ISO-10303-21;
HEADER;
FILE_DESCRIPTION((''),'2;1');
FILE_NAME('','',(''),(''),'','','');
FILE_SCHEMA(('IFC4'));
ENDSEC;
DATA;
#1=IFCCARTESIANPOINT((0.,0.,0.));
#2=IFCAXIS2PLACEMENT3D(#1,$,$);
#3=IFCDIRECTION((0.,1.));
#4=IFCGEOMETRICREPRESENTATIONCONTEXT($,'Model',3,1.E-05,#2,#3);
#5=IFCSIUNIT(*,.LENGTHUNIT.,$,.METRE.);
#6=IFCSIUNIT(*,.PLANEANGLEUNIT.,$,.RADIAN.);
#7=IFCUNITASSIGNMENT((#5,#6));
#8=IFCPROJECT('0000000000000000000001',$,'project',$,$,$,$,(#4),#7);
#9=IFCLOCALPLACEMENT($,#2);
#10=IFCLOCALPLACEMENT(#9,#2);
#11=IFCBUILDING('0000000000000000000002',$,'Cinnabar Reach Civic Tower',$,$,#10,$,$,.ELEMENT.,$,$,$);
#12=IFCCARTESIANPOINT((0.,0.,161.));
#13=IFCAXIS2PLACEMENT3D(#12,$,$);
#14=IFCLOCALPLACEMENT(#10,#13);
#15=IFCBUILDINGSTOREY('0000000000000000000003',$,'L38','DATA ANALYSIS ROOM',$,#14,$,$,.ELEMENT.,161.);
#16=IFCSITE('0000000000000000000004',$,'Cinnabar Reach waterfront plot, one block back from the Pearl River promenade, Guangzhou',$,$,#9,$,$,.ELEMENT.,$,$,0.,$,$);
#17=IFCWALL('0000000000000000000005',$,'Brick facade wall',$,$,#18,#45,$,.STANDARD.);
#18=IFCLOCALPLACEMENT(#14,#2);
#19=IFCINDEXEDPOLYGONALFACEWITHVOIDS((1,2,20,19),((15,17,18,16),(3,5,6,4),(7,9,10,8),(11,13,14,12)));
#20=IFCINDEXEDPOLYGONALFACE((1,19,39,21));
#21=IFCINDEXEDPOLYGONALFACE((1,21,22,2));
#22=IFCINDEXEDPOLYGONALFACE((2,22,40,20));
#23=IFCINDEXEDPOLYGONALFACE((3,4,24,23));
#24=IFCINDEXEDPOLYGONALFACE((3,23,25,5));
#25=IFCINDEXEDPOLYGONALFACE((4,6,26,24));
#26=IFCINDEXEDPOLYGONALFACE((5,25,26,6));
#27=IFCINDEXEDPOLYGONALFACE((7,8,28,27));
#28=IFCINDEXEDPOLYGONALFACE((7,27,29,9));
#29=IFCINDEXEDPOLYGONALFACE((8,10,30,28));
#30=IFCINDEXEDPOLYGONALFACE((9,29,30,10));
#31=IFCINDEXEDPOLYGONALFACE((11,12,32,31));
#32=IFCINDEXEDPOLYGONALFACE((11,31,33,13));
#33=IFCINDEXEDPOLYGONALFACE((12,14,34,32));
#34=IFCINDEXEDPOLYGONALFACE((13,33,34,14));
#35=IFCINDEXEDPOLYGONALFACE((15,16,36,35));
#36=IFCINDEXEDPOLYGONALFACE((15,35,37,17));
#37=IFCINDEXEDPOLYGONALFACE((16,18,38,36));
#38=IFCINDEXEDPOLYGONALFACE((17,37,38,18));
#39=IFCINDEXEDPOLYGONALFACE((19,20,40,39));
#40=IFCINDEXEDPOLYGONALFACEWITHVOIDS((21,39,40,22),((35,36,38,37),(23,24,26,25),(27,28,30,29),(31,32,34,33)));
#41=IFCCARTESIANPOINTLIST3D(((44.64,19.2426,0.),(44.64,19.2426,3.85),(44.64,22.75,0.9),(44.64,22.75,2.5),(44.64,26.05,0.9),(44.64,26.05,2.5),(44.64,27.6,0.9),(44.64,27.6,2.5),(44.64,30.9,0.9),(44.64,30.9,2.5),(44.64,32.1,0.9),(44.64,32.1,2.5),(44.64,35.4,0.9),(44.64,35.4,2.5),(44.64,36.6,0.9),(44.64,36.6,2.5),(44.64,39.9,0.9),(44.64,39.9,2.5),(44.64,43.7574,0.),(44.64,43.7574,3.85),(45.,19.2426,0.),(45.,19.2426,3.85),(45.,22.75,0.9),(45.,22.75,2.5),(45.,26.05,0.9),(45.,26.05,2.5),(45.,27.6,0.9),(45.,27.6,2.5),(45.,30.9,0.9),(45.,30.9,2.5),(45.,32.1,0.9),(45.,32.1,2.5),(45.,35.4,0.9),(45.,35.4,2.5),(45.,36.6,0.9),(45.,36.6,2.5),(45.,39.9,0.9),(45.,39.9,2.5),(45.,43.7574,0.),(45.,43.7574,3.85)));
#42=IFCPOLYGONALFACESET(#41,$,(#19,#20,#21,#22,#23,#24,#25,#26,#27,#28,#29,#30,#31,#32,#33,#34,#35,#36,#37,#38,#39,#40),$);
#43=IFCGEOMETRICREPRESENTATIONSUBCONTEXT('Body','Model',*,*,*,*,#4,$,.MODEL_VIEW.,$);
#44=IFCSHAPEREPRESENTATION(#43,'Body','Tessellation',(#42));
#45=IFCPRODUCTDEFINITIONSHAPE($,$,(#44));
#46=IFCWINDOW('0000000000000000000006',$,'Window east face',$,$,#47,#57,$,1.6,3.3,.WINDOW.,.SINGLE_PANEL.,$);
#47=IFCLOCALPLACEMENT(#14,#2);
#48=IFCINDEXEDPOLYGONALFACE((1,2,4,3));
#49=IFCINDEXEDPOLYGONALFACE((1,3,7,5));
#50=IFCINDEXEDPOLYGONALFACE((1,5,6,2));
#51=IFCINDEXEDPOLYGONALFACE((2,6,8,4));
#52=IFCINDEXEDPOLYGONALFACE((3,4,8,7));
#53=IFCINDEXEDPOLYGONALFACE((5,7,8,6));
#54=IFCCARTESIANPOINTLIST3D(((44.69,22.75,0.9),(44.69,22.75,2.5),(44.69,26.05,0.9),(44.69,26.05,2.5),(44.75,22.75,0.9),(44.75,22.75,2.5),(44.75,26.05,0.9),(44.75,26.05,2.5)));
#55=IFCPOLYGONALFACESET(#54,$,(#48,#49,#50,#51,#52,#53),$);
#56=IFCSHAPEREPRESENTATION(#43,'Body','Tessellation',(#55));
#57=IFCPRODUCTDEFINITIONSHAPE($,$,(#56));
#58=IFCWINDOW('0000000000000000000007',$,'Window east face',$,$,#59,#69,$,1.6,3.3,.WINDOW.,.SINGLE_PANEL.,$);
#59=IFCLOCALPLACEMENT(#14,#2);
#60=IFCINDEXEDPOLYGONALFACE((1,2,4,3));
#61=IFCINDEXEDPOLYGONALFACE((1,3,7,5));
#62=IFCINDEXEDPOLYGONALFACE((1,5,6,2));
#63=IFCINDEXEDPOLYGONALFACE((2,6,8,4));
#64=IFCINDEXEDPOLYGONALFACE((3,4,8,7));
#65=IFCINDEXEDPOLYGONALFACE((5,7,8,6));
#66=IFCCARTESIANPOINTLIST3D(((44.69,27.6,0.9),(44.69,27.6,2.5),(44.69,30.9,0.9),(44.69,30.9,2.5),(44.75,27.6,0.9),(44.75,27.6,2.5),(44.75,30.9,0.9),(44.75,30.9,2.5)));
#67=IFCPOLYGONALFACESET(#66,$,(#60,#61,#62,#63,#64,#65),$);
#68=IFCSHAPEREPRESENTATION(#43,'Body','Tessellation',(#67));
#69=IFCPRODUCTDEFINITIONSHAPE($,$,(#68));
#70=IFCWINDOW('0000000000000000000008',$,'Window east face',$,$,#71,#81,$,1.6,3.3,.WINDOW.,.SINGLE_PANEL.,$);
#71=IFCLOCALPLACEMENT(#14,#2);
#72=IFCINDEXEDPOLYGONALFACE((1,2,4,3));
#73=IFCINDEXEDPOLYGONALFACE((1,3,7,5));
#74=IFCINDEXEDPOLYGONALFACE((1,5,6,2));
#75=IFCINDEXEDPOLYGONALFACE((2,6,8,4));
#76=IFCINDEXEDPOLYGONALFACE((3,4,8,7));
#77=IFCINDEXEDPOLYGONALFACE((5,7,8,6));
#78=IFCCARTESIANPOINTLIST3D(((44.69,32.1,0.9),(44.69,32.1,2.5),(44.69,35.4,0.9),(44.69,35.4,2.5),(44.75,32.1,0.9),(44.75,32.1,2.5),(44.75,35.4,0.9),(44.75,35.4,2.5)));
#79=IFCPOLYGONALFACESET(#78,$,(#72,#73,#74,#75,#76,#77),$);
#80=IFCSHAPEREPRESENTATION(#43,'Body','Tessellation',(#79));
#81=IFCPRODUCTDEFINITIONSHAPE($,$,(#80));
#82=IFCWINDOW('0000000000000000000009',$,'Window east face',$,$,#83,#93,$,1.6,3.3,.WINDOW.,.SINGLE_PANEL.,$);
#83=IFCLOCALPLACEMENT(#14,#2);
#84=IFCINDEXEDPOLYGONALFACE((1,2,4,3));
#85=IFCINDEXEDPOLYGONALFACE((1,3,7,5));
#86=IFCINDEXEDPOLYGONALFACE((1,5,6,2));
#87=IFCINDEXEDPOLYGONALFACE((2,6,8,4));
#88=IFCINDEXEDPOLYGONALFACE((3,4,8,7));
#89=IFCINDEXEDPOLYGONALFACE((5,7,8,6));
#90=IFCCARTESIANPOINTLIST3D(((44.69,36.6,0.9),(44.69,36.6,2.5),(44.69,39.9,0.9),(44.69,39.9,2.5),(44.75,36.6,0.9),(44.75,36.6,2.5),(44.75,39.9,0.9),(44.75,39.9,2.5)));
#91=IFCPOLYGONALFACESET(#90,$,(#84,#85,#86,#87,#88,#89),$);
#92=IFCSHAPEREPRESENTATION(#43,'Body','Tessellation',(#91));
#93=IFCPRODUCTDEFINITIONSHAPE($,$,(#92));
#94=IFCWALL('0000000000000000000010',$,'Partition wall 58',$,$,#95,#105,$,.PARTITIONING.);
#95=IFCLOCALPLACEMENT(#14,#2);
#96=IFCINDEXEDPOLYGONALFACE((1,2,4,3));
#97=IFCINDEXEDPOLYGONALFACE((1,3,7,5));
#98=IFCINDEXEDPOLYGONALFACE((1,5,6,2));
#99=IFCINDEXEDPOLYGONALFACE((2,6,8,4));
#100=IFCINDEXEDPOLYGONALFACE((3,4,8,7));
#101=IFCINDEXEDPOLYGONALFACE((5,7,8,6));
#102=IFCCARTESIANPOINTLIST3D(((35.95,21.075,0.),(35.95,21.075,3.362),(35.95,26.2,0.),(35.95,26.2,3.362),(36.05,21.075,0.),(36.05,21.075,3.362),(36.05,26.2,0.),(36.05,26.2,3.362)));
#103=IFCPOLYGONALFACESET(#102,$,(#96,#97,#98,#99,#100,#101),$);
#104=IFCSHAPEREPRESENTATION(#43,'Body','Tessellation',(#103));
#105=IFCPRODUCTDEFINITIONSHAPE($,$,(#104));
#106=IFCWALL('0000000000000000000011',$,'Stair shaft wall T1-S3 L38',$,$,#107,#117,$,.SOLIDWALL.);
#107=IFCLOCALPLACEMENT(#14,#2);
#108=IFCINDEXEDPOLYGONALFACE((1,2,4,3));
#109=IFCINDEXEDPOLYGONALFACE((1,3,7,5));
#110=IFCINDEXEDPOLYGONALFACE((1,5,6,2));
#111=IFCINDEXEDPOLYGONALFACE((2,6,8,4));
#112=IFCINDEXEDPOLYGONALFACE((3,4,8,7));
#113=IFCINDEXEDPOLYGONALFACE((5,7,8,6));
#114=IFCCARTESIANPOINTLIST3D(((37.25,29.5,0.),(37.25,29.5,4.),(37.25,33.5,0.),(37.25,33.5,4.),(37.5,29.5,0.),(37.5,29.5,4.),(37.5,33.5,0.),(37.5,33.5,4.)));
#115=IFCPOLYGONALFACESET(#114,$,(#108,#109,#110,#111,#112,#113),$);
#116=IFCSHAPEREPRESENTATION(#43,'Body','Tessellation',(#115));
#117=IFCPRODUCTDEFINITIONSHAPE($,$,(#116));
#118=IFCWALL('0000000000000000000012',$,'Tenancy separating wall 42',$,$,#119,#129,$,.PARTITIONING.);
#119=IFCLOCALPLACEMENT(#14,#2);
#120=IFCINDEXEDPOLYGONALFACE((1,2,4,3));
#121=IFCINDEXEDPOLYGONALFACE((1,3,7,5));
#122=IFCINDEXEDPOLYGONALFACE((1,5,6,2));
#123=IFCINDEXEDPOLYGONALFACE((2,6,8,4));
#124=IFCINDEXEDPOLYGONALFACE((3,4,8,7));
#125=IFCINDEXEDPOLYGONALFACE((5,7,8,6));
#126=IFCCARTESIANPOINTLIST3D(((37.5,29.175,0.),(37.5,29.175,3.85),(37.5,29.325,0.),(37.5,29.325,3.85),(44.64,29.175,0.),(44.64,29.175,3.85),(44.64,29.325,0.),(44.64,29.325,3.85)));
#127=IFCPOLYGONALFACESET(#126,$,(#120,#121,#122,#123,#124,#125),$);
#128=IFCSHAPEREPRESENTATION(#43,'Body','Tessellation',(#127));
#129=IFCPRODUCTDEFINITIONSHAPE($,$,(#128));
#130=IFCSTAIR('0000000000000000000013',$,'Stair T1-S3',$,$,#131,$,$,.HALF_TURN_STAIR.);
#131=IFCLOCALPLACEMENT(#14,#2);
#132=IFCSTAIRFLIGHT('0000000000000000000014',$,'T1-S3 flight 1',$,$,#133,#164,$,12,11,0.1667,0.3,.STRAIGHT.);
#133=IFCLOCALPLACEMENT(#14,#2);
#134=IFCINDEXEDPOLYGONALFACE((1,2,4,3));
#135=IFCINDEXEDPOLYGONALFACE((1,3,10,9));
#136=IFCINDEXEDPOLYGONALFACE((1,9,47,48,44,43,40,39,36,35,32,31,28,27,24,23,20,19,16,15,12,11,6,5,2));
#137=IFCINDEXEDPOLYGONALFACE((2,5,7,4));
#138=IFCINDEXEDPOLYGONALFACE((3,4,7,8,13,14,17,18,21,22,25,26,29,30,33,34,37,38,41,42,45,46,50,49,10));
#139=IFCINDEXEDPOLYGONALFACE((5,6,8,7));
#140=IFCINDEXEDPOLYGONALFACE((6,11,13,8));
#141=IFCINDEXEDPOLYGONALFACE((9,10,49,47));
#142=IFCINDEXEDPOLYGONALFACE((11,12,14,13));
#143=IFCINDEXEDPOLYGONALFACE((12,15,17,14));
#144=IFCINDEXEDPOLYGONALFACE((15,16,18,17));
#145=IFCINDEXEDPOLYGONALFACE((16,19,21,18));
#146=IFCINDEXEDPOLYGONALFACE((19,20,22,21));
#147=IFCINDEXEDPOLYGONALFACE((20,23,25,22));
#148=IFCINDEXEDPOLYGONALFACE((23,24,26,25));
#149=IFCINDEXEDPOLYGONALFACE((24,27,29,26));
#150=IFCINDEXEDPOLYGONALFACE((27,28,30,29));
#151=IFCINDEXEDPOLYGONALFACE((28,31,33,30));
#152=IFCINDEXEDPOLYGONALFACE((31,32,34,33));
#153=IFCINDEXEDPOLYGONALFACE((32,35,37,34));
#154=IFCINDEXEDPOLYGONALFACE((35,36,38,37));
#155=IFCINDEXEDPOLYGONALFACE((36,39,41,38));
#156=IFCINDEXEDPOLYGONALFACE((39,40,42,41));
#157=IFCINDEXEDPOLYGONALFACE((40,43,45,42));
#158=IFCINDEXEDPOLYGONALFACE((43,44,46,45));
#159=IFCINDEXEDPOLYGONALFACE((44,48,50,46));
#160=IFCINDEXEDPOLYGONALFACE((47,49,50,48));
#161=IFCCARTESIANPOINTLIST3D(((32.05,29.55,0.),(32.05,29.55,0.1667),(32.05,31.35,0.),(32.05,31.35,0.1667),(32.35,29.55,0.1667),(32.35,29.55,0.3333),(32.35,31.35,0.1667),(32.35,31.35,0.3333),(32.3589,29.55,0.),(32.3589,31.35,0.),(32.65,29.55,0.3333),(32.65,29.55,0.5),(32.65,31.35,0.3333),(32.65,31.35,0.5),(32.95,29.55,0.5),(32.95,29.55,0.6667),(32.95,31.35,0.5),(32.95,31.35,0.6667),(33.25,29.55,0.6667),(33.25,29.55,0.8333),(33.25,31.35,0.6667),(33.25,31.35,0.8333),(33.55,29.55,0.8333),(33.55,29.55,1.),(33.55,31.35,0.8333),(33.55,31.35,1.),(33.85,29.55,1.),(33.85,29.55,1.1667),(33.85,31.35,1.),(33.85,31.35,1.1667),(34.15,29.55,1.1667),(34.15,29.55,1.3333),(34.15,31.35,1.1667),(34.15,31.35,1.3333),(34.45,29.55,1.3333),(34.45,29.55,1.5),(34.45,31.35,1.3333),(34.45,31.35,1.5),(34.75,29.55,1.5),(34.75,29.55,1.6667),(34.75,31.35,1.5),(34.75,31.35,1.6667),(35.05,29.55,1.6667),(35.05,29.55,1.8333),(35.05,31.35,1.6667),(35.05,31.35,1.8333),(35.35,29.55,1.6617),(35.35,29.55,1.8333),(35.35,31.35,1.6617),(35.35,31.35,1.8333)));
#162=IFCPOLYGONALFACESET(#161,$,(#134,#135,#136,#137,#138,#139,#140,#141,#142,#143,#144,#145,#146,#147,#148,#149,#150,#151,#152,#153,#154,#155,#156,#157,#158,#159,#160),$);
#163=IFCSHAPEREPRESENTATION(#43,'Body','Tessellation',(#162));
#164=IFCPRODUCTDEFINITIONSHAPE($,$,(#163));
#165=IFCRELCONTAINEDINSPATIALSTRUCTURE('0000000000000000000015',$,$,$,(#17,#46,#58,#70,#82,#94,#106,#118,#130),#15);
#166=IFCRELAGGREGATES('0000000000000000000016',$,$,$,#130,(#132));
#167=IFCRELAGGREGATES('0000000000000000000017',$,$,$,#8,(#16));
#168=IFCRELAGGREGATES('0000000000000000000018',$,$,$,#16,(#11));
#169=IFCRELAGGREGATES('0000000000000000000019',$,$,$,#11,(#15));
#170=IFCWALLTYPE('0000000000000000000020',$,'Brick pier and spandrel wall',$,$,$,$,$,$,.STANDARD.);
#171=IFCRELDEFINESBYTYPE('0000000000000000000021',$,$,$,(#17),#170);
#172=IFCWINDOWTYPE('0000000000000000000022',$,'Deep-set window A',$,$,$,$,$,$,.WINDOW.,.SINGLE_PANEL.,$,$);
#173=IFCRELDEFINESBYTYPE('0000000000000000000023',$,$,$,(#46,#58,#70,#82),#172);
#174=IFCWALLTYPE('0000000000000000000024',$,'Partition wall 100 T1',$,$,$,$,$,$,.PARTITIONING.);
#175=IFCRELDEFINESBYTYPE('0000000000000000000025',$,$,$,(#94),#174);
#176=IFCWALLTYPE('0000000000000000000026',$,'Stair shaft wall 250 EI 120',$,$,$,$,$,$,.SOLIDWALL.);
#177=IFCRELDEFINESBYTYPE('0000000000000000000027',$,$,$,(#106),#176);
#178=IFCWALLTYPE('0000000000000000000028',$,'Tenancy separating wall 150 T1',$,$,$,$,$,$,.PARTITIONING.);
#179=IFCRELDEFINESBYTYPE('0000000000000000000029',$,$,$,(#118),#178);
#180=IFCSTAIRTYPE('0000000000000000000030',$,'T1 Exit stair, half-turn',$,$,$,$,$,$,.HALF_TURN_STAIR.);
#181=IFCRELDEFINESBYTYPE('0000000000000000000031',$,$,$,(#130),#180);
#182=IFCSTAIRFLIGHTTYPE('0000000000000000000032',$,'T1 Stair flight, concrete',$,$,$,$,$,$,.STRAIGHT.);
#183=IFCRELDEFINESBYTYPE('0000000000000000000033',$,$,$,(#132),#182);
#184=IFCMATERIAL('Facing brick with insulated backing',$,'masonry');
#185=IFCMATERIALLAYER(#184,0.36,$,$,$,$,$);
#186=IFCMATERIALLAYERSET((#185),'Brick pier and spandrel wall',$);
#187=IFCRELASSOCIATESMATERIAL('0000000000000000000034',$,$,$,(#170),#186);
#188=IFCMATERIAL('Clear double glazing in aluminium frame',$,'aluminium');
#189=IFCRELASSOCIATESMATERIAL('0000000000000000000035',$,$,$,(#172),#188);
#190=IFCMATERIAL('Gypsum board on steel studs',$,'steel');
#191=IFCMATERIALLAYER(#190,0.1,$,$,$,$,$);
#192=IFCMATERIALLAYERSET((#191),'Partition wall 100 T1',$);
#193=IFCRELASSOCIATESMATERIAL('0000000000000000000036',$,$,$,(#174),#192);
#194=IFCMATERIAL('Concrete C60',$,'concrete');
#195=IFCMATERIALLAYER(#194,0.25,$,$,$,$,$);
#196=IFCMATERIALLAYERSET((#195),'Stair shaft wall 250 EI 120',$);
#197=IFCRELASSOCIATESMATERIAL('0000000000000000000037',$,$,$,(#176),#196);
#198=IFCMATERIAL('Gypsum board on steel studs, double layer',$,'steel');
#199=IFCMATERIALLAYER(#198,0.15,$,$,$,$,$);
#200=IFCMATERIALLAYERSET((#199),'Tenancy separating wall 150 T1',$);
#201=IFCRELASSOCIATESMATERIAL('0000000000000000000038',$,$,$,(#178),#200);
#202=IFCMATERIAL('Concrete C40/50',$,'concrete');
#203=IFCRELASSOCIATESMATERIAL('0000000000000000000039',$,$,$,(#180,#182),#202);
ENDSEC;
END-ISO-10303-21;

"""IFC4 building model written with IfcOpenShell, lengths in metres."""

from ifc_helpers import new_model, si_unit, direction, frame, frame_2d, origin, place, context, subcontext, project, spatial, polyline, rectangle, outline, extrude, material, layer, layer_set, type_object, element, fill, aggregate, save


model = new_model("IFC4")

# Units and contexts
model_context = context("Model", 3, precision=1e-05, world=origin(), true_north=direction((0.0, 1.0)))
body_context = subcontext(model_context, "Body", "Model", "MODEL_VIEW")
ifc_project = project(units=[si_unit("LENGTHUNIT", "METRE"), si_unit("PLANEANGLEUNIT", "RADIAN")], contexts=[model_context])

# Site, building, storey
site_placement = place(None, origin())
site = spatial("IfcSite", under=ifc_project, at=site_placement, Name="Cinnabar Reach waterfront plot, one block back from the Pearl River promenade, Guangzhou", CompositionType="ELEMENT", RefElevation=0.0)
building_placement = place(site_placement, origin())
building = spatial("IfcBuilding", under=site, at=building_placement, Name="Cinnabar Reach Civic Tower", CompositionType="ELEMENT")
storey_placement = place(building_placement, frame((0.0, 0.0, 161.0)))
storey = spatial("IfcBuildingStorey", under=building, at=storey_placement, Name="L38", Description="DATA ANALYSIS ROOM", CompositionType="ELEMENT", Elevation=161.0)

# Shared definitions
ifc_material_1 = material(Name="Facing brick with insulated backing", Category="masonry")

# Wall, openings, windows
ifc_layer_1 = layer(ifc_material_1, 0.36)
ifc_layer_set_1 = layer_set([ifc_layer_1], Name="Brick pier and spandrel wall")
wall_type_1 = type_object("IfcWallType", Name="Brick pier and spandrel wall", PredefinedType="STANDARD", material=ifc_layer_set_1)
wall_1_placement = place(storey_placement, frame((44.82, 19.2426, 0.0), z_axis=(0.0, 0.0, 1.0), x_axis=(0.0, 1.0, 0.0)))
wall_1 = element("IfcWall", 1, at=wall_1_placement, inside=storey, type_object=wall_type_1, Name="Brick facade wall", PredefinedType="STANDARD", context=body_context, shape_type="SweptSolid", body=[
    extrude(rectangle(XDim=24.5148, YDim=0.36, at=frame_2d((12.2574, 0.0))), origin(), (0.0, 0.0, 1.0), 3.85),
])
opening_1_placement = place(wall_1_placement, frame((3.5074, 0.0, 0.9)))
opening_1 = element("IfcOpeningElement", 2, at=opening_1_placement, cuts=wall_1, PredefinedType="OPENING", context=body_context, shape_type="SweptSolid", body=[
    extrude(rectangle(XDim=3.3, YDim=1.6, at=frame_2d((1.65, 0.8))), frame((0.0, 0.19, 0.0), z_axis=(0.0, -1.0, 0.0), x_axis=(1.0, 0.0, 0.0)), (0.0, 0.0, 1.0), 0.38),
])
opening_2_placement = place(wall_1_placement, frame((8.3574, 0.0, 0.9)))
opening_2 = element("IfcOpeningElement", 3, at=opening_2_placement, cuts=wall_1, PredefinedType="OPENING", context=body_context, shape_type="SweptSolid", body=[
    extrude(rectangle(XDim=3.3, YDim=1.6, at=frame_2d((1.65, 0.8))), frame((0.0, 0.19, 0.0), z_axis=(0.0, -1.0, 0.0), x_axis=(1.0, 0.0, 0.0)), (0.0, 0.0, 1.0), 0.38),
])
opening_3_placement = place(wall_1_placement, frame((12.8574, 0.0, 0.9)))
opening_3 = element("IfcOpeningElement", 4, at=opening_3_placement, cuts=wall_1, PredefinedType="OPENING", context=body_context, shape_type="SweptSolid", body=[
    extrude(rectangle(XDim=3.3, YDim=1.6, at=frame_2d((1.65, 0.8))), frame((0.0, 0.19, 0.0), z_axis=(0.0, -1.0, 0.0), x_axis=(1.0, 0.0, 0.0)), (0.0, 0.0, 1.0), 0.38),
])
opening_4_placement = place(wall_1_placement, frame((17.3574, 0.0, 0.9)))
opening_4 = element("IfcOpeningElement", 5, at=opening_4_placement, cuts=wall_1, PredefinedType="OPENING", context=body_context, shape_type="SweptSolid", body=[
    extrude(rectangle(XDim=3.3, YDim=1.6, at=frame_2d((1.65, 0.8))), frame((0.0, 0.19, 0.0), z_axis=(0.0, -1.0, 0.0), x_axis=(1.0, 0.0, 0.0)), (0.0, 0.0, 1.0), 0.38),
])
ifc_material_2 = material(Name="Clear double glazing in aluminium frame", Category="aluminium")
window_type = type_object("IfcWindowType", Name="Deep-set window A", PartitioningType="SINGLE_PANEL", PredefinedType="WINDOW", material=ifc_material_2)
window_1_placement = place(opening_1_placement, origin())
window_1 = element("IfcWindow", 6, at=window_1_placement, inside=storey, type_object=window_type, Name="Window east face", OverallHeight=1.6, OverallWidth=3.3, PartitioningType="SINGLE_PANEL", PredefinedType="WINDOW", context=body_context, shape_type="SweptSolid", body=[
    extrude(rectangle(XDim=3.3, YDim=1.6, at=frame_2d((1.65, 0.8))), frame((0.0, 0.13, 0.0), z_axis=(0.0, -1.0, 0.0), x_axis=(1.0, 0.0, 0.0)), (0.0, 0.0, 1.0), 0.06),
])
fill(opening_1, window_1)
window_2_placement = place(opening_2_placement, origin())
window_2 = element("IfcWindow", 7, at=window_2_placement, inside=storey, type_object=window_type, Name="Window east face", OverallHeight=1.6, OverallWidth=3.3, PartitioningType="SINGLE_PANEL", PredefinedType="WINDOW", context=body_context, shape_type="SweptSolid", body=[
    extrude(rectangle(XDim=3.3, YDim=1.6, at=frame_2d((1.65, 0.8))), frame((0.0, 0.13, 0.0), z_axis=(0.0, -1.0, 0.0), x_axis=(1.0, 0.0, 0.0)), (0.0, 0.0, 1.0), 0.06),
])
fill(opening_2, window_2)
window_3_placement = place(opening_3_placement, origin())
window_3 = element("IfcWindow", 8, at=window_3_placement, inside=storey, type_object=window_type, Name="Window east face", OverallHeight=1.6, OverallWidth=3.3, PartitioningType="SINGLE_PANEL", PredefinedType="WINDOW", context=body_context, shape_type="SweptSolid", body=[
    extrude(rectangle(XDim=3.3, YDim=1.6, at=frame_2d((1.65, 0.8))), frame((0.0, 0.13, 0.0), z_axis=(0.0, -1.0, 0.0), x_axis=(1.0, 0.0, 0.0)), (0.0, 0.0, 1.0), 0.06),
])
fill(opening_3, window_3)
window_4_placement = place(opening_4_placement, origin())
window_4 = element("IfcWindow", 9, at=window_4_placement, inside=storey, type_object=window_type, Name="Window east face", OverallHeight=1.6, OverallWidth=3.3, PartitioningType="SINGLE_PANEL", PredefinedType="WINDOW", context=body_context, shape_type="SweptSolid", body=[
    extrude(rectangle(XDim=3.3, YDim=1.6, at=frame_2d((1.65, 0.8))), frame((0.0, 0.13, 0.0), z_axis=(0.0, -1.0, 0.0), x_axis=(1.0, 0.0, 0.0)), (0.0, 0.0, 1.0), 0.06),
])
fill(opening_4, window_4)

# Walls
ifc_material_3 = material(Name="Gypsum board on steel studs", Category="steel")
ifc_layer_2 = layer(ifc_material_3, 0.1)
ifc_layer_set_2 = layer_set([ifc_layer_2], Name="Partition wall 100 T1")
wall_type_2 = type_object("IfcWallType", Name="Partition wall 100 T1", PredefinedType="PARTITIONING", material=ifc_layer_set_2)
wall_2_placement = place(storey_placement, frame((36.0, 21.075, 0.0), z_axis=(0.0, 0.0, 1.0), x_axis=(0.0, 1.0, 0.0)))
element("IfcWall", 10, at=wall_2_placement, inside=storey, type_object=wall_type_2, Name="Partition wall 58", PredefinedType="PARTITIONING", context=body_context, shape_type="SweptSolid", body=[
    extrude(rectangle(XDim=5.125, YDim=0.1, at=frame_2d((2.5625, 0.0))), origin(), (0.0, 0.0, 1.0), 3.362),
])
ifc_material_4 = material(Name="Concrete C60", Category="concrete")
ifc_layer_3 = layer(ifc_material_4, 0.25)
ifc_layer_set_3 = layer_set([ifc_layer_3], Name="Stair shaft wall 250 EI 120")
wall_type_3 = type_object("IfcWallType", Name="Stair shaft wall 250 EI 120", PredefinedType="SOLIDWALL", material=ifc_layer_set_3)
wall_3_placement = place(storey_placement, frame((37.375, 29.5, 0.0), z_axis=(0.0, 0.0, 1.0), x_axis=(0.0, 1.0, 0.0)))
element("IfcWall", 11, at=wall_3_placement, inside=storey, type_object=wall_type_3, Name="Stair shaft wall T1-S3 L38", PredefinedType="SOLIDWALL", context=body_context, shape_type="SweptSolid", body=[
    extrude(rectangle(XDim=4.0, YDim=0.25, at=frame_2d((2.0, 0.0))), origin(), (0.0, 0.0, 1.0), 4.0),
])
ifc_material_5 = material(Name="Gypsum board on steel studs, double layer", Category="steel")
ifc_layer_4 = layer(ifc_material_5, 0.15)
ifc_layer_set_4 = layer_set([ifc_layer_4], Name="Tenancy separating wall 150 T1")
wall_type_4 = type_object("IfcWallType", Name="Tenancy separating wall 150 T1", PredefinedType="PARTITIONING", material=ifc_layer_set_4)
wall_4_placement = place(storey_placement, frame((37.5, 29.25, 0.0), z_axis=(0.0, 0.0, 1.0), x_axis=(1.0, 0.0, 0.0)))
element("IfcWall", 12, at=wall_4_placement, inside=storey, type_object=wall_type_4, Name="Tenancy separating wall 42", PredefinedType="PARTITIONING", context=body_context, shape_type="SweptSolid", body=[
    extrude(rectangle(XDim=7.14, YDim=0.15, at=frame_2d((3.57, 0.0))), origin(), (0.0, 0.0, 1.0), 3.85),
])

# Stair, stair flight
ifc_material_6 = material(Name="Concrete C40/50", Category="concrete")
stair_type = type_object("IfcStairType", Name="T1 Exit stair, half-turn", PredefinedType="HALF_TURN_STAIR", material=ifc_material_6)
stair_placement = place(storey_placement, origin())
stair = element("IfcStair", 13, at=stair_placement, inside=storey, type_object=stair_type, Name="Stair T1-S3", PredefinedType="HALF_TURN_STAIR")
stair_flight_type = type_object("IfcStairFlightType", Name="T1 Stair flight, concrete", PredefinedType="STRAIGHT", material=ifc_material_6)
stair_flight_placement = place(storey_placement, frame((32.05, 30.45, 0.0), z_axis=(0.0, 0.0, 1.0), x_axis=(1.0, 0.0, 0.0)))
stair_flight = element("IfcStairFlight", 14, at=stair_flight_placement, type_object=stair_flight_type, Name="T1-S3 flight 1", NumberOfRisers=12, NumberOfTreads=11, PredefinedType="STRAIGHT", RiserHeight=0.1667, TreadLength=0.3, context=body_context, shape_type="SweptSolid", body=[
    extrude(outline(polyline([(0.0, 0.0), (0.0, 0.1667), (0.3, 0.1667), (0.3, 0.3333), (0.6, 0.3333), (0.6, 0.5), (0.9, 0.5), (0.9, 0.6667), (1.2, 0.6667), (1.2, 0.8333), (1.5, 0.8333), (1.5, 1.0), (1.8, 1.0), (1.8, 1.1667), (2.1, 1.1667), (2.1, 1.3333), (2.4, 1.3333), (2.4, 1.5), (2.7, 1.5), (2.7, 1.6667), (3.0, 1.6667), (3.0, 1.8333), (3.3, 1.8333), (3.3, 2.0), (3.3, 1.6617), (0.3089, 0.0), (0.0, 0.0)])), frame((0.0, 0.9, 0.0), z_axis=(0.0, -1.0, 0.0), x_axis=(1.0, 0.0, 0.0)), (0.0, 0.0, 1.0), 1.8),
])
aggregate(stair, [stair_flight])

save(model, "model.ifc")
